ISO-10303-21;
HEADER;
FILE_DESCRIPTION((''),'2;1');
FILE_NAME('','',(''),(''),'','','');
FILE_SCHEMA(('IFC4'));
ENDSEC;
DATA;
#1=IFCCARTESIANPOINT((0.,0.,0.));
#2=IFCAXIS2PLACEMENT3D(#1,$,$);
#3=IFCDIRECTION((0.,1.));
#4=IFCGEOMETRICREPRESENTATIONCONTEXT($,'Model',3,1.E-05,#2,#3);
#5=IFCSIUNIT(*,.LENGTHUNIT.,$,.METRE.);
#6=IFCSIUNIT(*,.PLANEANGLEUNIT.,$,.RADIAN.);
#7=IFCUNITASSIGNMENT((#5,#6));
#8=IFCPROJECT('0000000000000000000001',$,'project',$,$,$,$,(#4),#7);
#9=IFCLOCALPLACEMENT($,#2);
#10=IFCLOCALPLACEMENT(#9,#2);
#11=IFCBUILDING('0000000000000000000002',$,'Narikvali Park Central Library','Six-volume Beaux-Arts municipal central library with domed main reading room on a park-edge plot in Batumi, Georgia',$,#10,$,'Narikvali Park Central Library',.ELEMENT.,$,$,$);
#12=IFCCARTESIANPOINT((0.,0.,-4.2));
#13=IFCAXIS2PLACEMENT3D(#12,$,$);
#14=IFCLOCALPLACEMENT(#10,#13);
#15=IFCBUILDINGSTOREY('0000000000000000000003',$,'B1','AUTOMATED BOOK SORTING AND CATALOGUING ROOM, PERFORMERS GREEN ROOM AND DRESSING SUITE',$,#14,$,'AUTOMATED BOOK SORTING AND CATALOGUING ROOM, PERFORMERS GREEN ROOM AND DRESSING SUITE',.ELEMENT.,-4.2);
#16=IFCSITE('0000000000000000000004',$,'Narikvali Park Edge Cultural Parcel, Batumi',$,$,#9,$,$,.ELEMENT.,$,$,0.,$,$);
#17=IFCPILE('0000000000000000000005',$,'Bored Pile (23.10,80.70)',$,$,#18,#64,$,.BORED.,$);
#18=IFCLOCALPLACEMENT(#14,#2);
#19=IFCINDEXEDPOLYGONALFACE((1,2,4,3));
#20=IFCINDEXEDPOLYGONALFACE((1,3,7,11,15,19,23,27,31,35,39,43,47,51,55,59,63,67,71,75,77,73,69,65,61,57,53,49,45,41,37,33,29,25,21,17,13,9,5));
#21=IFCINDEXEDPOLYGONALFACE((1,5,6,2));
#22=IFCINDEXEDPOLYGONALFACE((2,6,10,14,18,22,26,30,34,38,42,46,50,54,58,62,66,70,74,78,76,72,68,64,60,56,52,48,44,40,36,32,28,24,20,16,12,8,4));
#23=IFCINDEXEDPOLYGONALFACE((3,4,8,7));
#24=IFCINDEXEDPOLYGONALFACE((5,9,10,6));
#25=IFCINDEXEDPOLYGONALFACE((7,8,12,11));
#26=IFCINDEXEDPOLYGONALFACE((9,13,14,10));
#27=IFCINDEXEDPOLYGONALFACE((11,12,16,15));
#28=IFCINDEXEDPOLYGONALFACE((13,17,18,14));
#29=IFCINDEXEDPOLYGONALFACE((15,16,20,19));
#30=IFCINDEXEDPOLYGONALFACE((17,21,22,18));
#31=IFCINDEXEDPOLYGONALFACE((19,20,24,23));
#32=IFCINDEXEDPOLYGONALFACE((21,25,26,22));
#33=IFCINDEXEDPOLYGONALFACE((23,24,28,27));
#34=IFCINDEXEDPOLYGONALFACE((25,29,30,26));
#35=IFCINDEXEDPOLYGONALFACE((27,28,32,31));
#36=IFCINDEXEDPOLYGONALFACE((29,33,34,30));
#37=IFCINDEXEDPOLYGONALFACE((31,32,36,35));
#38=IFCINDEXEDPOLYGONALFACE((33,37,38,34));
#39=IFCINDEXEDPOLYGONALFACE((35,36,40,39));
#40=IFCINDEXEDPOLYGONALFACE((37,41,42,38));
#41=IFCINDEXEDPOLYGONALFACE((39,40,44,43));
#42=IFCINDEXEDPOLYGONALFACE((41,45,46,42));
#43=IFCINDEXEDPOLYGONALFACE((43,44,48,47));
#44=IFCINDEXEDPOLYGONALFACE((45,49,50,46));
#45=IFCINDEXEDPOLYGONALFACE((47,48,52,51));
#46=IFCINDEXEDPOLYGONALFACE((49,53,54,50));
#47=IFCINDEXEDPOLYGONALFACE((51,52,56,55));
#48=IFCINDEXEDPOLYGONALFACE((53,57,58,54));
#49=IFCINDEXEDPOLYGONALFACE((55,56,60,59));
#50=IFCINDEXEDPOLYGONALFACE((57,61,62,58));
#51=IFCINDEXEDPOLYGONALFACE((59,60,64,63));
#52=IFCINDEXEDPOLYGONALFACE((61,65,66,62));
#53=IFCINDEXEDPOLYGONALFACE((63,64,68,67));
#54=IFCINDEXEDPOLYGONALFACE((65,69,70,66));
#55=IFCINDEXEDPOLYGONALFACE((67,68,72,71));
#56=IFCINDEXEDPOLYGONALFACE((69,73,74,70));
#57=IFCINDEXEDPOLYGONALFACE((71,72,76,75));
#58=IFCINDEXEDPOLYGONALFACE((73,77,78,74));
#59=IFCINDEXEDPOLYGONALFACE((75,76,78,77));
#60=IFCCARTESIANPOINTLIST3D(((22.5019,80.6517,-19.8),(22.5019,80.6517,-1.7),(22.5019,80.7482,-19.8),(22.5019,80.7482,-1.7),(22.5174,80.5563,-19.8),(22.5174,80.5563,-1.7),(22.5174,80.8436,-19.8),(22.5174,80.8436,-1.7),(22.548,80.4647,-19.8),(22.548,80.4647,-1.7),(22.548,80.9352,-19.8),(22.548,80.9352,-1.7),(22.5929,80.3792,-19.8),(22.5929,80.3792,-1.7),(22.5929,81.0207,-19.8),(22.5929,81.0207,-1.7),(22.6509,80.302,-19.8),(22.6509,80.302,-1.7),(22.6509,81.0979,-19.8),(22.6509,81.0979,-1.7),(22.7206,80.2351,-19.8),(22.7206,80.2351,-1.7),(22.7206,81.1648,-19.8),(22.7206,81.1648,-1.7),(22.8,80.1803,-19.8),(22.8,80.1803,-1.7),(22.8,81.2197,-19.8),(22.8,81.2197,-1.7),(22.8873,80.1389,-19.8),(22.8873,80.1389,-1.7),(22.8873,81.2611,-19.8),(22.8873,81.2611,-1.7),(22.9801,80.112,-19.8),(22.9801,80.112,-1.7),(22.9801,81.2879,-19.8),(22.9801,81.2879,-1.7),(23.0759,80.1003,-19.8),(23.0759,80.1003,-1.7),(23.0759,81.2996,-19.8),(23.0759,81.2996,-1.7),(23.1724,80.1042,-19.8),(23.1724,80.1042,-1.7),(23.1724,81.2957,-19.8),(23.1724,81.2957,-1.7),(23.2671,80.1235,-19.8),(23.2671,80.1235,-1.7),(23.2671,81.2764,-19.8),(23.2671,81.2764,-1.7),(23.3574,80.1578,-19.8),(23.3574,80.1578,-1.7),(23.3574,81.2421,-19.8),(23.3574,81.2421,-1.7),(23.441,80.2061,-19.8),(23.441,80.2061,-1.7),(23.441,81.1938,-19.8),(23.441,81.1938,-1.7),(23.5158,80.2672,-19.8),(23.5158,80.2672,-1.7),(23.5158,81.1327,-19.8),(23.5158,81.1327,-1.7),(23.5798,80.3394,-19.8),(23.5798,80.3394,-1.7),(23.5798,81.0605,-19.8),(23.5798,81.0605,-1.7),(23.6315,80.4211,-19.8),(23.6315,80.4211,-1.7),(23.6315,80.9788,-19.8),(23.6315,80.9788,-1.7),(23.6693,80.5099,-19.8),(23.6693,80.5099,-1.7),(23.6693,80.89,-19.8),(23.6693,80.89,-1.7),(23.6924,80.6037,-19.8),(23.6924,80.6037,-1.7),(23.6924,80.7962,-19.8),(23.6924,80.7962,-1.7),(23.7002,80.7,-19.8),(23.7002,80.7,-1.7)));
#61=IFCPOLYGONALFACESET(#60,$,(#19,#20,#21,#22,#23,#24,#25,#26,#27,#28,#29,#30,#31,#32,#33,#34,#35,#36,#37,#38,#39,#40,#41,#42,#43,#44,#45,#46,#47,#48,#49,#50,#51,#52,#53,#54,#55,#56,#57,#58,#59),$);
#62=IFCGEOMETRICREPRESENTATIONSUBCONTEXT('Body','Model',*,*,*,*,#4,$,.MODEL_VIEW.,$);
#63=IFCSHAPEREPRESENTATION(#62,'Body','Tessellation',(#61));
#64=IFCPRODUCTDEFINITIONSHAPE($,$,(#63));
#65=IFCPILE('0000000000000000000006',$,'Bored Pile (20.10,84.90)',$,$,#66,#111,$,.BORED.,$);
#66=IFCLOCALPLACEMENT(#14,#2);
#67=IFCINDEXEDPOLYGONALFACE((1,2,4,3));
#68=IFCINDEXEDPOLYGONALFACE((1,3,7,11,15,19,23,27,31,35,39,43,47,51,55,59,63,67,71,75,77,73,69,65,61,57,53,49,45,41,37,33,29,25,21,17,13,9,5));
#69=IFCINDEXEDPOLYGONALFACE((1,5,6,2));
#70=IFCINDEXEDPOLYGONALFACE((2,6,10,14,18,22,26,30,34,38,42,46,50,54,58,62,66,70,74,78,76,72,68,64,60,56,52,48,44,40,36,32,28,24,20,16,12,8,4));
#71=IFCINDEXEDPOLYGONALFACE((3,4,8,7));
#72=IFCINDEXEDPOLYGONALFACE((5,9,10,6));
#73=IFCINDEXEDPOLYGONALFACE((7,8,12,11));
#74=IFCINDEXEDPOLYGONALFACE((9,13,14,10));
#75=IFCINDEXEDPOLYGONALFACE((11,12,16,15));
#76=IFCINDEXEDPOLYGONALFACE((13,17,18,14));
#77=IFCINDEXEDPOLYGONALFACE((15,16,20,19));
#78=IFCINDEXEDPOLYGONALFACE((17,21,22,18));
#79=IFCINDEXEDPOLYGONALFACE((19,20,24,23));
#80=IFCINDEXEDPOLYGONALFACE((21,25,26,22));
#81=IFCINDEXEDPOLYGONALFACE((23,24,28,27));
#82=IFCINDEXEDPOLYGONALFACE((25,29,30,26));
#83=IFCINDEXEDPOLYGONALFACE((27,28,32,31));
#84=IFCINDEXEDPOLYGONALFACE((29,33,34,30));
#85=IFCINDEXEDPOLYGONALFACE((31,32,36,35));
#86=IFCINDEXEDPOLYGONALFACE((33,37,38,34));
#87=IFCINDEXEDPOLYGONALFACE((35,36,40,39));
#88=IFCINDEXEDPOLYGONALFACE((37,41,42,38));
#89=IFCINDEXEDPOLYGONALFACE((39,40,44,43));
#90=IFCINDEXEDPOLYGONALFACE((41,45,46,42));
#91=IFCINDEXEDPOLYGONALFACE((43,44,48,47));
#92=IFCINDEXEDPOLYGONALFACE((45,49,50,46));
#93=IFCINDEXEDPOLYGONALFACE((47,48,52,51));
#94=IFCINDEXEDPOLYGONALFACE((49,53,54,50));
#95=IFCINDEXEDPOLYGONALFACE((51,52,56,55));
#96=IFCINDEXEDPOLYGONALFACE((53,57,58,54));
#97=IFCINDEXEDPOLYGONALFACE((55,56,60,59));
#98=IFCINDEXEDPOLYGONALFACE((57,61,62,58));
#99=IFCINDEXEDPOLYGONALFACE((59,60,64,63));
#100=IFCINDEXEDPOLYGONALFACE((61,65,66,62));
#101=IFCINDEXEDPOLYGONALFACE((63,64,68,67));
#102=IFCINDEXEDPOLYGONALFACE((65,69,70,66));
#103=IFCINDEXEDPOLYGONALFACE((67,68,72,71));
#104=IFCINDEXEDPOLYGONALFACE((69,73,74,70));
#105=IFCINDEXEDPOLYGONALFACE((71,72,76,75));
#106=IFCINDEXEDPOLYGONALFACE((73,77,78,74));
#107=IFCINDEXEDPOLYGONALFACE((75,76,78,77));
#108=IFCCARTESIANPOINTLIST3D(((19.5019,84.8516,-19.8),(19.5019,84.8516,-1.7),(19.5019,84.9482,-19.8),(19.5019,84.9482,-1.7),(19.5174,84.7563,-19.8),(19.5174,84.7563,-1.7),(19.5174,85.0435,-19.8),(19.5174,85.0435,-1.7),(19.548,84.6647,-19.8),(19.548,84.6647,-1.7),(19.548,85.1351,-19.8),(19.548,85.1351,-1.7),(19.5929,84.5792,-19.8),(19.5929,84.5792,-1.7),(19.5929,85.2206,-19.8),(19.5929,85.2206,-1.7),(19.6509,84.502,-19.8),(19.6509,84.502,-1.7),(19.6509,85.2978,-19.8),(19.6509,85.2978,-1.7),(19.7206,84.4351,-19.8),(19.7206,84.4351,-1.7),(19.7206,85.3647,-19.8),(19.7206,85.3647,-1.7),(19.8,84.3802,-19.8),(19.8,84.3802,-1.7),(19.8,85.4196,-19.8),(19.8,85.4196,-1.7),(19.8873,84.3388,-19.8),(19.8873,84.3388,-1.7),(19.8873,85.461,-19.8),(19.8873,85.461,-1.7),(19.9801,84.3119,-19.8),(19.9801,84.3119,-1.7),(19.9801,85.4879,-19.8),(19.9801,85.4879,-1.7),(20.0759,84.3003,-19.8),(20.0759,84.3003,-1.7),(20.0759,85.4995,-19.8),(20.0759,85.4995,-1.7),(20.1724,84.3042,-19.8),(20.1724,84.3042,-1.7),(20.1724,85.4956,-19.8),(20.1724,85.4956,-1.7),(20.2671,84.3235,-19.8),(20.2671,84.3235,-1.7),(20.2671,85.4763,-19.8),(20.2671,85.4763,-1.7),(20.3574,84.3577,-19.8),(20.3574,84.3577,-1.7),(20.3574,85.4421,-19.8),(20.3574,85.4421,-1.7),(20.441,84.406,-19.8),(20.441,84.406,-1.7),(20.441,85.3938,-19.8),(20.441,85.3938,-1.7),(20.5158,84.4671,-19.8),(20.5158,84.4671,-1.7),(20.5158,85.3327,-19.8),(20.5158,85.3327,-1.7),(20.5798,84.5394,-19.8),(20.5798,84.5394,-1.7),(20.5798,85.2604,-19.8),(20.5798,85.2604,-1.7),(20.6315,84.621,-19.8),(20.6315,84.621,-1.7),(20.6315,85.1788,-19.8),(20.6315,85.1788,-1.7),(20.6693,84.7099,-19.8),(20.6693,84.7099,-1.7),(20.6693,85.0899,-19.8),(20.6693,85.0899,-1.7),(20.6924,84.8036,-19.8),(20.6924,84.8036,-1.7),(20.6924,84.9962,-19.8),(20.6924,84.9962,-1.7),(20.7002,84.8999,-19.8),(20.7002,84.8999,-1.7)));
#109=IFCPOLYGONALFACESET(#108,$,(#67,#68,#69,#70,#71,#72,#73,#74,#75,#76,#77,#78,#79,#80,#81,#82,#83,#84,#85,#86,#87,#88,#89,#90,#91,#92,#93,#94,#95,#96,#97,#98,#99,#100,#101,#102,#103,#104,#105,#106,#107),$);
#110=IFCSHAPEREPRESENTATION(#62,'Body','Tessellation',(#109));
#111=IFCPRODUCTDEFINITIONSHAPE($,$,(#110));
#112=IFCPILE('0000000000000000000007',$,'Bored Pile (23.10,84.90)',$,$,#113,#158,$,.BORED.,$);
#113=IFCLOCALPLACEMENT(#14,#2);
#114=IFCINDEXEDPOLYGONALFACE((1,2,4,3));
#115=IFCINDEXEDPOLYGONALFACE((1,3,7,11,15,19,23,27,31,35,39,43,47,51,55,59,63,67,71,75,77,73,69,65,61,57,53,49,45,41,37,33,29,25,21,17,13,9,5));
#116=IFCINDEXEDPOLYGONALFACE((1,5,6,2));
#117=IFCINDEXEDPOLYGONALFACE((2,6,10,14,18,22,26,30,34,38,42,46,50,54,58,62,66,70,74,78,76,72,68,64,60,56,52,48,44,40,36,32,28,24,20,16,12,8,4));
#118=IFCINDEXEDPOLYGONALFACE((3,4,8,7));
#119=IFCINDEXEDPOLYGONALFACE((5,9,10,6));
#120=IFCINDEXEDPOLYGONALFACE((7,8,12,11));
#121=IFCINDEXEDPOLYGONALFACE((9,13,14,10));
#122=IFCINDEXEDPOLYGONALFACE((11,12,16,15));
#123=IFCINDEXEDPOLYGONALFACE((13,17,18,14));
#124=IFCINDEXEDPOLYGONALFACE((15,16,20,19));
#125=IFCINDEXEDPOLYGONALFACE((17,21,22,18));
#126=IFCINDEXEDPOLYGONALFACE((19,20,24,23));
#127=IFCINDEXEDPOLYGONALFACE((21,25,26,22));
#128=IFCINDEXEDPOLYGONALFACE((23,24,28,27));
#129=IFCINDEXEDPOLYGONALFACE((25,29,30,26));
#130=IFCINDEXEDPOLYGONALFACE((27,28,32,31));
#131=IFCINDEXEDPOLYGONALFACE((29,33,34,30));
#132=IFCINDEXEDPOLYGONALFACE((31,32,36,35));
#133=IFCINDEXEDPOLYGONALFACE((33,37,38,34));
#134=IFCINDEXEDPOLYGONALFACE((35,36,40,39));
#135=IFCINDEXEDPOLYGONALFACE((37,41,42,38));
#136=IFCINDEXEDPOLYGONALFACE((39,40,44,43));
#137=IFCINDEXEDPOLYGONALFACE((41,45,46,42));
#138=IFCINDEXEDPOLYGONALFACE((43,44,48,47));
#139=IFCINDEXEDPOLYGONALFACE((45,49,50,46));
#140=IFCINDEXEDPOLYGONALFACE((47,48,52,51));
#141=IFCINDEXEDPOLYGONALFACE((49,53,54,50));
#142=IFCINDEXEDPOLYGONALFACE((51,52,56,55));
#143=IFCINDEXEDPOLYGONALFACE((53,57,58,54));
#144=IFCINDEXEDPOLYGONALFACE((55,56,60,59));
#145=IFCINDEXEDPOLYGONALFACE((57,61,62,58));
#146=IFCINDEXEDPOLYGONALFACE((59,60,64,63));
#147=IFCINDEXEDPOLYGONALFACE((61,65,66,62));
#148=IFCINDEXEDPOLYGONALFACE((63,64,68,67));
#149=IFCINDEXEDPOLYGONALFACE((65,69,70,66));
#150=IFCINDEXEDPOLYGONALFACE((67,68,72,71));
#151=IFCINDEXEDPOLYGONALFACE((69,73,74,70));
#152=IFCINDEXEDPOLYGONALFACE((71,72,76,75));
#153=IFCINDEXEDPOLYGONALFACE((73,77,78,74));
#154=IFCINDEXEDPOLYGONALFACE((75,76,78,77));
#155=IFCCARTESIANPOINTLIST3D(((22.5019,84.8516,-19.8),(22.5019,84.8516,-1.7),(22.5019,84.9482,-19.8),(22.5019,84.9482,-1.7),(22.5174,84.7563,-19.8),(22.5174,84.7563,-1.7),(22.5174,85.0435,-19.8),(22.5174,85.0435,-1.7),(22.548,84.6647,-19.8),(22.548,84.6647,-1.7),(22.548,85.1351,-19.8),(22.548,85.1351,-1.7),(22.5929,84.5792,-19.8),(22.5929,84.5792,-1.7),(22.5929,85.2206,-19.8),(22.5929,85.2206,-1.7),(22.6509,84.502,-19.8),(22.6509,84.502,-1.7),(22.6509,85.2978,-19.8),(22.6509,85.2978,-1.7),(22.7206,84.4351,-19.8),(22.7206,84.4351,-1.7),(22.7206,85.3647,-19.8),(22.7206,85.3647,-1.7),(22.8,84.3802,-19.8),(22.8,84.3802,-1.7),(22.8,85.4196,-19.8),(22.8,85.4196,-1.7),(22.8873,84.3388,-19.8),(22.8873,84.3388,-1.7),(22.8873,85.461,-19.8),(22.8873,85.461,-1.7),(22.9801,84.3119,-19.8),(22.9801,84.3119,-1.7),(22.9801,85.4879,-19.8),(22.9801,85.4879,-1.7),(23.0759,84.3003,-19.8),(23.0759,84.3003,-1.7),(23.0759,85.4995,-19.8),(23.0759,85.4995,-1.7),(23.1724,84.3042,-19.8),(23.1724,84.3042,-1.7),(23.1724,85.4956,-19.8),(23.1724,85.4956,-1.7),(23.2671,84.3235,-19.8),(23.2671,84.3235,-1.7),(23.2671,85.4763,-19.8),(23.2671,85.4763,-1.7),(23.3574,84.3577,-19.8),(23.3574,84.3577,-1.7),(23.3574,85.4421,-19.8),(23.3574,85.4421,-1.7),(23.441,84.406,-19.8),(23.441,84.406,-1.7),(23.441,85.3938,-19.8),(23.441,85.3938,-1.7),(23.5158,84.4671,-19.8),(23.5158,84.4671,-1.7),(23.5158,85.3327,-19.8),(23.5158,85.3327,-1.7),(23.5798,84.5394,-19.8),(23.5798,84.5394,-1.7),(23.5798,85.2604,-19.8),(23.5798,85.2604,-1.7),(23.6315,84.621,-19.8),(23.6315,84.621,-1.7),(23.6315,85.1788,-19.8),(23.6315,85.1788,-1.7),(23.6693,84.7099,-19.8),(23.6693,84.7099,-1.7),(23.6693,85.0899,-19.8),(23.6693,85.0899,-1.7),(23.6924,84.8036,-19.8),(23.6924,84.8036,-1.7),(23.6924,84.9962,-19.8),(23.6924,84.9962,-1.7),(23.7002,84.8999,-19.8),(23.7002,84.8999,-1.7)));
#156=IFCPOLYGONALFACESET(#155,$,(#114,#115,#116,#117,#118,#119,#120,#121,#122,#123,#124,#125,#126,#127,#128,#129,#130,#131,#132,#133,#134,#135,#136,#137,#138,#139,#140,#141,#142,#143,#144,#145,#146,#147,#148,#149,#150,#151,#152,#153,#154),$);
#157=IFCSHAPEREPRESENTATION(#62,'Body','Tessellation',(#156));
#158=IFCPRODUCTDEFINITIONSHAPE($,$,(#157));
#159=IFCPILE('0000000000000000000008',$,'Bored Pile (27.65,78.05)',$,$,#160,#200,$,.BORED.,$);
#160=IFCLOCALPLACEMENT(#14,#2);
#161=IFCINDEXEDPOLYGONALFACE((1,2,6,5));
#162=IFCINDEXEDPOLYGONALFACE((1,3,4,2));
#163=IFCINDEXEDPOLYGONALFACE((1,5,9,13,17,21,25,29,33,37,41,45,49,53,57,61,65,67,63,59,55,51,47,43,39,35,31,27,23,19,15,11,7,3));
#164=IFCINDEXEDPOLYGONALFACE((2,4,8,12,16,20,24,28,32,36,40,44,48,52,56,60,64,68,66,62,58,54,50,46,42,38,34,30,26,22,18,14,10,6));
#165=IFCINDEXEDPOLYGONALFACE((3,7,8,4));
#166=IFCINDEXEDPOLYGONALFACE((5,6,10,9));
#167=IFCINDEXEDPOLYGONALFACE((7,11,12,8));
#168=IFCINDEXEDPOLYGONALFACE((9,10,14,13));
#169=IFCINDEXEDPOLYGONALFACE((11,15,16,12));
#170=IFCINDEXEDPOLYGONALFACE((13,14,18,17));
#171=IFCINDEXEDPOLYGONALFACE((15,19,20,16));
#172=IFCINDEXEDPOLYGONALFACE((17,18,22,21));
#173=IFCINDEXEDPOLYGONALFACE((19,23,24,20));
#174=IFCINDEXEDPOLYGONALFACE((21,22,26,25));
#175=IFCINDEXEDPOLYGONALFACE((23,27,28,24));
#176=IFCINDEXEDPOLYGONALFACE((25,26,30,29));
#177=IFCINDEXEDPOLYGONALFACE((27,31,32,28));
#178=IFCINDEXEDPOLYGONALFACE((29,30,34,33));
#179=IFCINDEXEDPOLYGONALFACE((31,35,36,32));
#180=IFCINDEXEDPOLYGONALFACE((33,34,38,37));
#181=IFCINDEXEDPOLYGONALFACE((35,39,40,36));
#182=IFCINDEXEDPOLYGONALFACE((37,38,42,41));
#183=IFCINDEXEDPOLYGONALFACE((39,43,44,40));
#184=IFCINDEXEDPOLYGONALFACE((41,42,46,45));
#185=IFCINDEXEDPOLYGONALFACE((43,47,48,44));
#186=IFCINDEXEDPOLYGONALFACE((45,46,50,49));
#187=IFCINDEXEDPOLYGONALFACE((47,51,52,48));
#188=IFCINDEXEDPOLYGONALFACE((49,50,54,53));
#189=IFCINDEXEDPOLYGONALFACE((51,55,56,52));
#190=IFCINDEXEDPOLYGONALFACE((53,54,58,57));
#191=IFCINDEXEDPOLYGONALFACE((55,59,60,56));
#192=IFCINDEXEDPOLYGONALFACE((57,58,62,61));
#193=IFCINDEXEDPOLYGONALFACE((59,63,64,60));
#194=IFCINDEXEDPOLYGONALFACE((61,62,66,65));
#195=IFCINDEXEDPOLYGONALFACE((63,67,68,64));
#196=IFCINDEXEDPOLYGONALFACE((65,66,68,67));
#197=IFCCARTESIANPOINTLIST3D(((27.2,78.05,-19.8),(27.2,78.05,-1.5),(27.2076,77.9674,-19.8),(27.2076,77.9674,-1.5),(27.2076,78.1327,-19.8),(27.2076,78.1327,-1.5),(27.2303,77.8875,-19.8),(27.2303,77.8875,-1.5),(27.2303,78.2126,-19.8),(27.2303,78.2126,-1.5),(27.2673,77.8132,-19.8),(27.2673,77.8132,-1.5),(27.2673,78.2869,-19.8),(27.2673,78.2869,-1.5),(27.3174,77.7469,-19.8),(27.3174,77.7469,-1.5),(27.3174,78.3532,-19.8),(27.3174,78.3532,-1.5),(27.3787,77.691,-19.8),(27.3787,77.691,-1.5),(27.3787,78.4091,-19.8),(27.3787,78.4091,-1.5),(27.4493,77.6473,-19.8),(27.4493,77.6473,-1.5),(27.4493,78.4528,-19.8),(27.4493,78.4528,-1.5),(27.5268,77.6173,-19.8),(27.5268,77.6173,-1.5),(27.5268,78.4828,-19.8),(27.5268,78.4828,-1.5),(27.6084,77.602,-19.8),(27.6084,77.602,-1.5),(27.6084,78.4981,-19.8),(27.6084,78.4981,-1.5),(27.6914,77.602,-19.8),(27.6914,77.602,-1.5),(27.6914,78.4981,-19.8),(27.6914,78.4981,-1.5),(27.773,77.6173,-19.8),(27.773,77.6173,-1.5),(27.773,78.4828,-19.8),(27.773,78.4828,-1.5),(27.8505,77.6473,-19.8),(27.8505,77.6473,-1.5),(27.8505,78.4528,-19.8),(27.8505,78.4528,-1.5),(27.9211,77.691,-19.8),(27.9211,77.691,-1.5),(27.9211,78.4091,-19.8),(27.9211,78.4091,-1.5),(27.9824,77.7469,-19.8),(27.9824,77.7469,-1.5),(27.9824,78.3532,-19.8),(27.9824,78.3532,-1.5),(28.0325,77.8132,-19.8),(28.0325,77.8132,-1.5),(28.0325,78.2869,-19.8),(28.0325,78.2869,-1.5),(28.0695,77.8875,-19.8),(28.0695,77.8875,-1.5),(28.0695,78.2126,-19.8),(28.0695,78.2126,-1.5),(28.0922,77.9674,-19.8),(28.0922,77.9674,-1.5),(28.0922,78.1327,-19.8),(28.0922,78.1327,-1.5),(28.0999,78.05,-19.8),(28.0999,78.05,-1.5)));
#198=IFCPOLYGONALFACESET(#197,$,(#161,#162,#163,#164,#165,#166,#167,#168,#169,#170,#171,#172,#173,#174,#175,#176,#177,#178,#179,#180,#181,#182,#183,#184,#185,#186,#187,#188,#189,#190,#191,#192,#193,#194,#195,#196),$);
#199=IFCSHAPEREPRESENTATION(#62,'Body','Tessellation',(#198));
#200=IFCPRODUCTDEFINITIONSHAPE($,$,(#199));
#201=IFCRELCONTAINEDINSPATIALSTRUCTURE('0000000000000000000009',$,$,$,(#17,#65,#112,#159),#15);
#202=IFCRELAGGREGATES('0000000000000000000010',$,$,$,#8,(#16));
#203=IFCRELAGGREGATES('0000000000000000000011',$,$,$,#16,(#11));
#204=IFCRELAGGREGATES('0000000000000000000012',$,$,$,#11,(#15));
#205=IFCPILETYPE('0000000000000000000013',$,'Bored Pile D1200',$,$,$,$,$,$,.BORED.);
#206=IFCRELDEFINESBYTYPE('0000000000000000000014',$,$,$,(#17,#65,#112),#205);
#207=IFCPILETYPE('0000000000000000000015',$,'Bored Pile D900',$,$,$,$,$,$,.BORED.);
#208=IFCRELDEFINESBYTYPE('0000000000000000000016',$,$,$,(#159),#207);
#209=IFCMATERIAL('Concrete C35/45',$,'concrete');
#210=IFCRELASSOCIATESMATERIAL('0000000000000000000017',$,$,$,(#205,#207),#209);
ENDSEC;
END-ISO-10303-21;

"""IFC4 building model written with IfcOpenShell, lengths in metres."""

from ifc_helpers import new_model, si_unit, direction, frame, origin, origin_2d, place, context, subcontext, project, spatial, circle, extrude, material, material_profile, profile_set, type_object, element, save


model = new_model("IFC4")

# Units and contexts
model_context = context("Model", 3, precision=1e-05, world=origin(), true_north=direction((0.0, 1.0)))
body_context = subcontext(model_context, "Body", "Model", "MODEL_VIEW")
ifc_project = project(units=[si_unit("LENGTHUNIT", "METRE"), si_unit("PLANEANGLEUNIT", "RADIAN")], contexts=[model_context])

# Site, building, storey
site_placement = place(None, origin())
site = spatial("IfcSite", under=ifc_project, at=site_placement, Name="Narikvali Park Edge Cultural Parcel, Batumi", CompositionType="ELEMENT", RefElevation=0.0)
building_placement = place(site_placement, origin())
building = spatial("IfcBuilding", under=site, at=building_placement, Name="Narikvali Park Central Library", Description="Six-volume Beaux-Arts municipal central library with domed main reading room on a park-edge plot in Batumi, Georgia", LongName="Narikvali Park Central Library", CompositionType="ELEMENT")
storey_placement = place(building_placement, frame((0.0, 0.0, -4.2)))
storey = spatial("IfcBuildingStorey", under=building, at=storey_placement, Name="B1", Description="AUTOMATED BOOK SORTING AND CATALOGUING ROOM, PERFORMERS GREEN ROOM AND DRESSING SUITE", LongName="AUTOMATED BOOK SORTING AND CATALOGUING ROOM, PERFORMERS GREEN ROOM AND DRESSING SUITE", CompositionType="ELEMENT", Elevation=-4.2)

# Piles
ifc_material_1 = material(Name="Concrete C35/45", Category="concrete")
ifc_material_profile_1 = material_profile(ifc_material_1, circle(Radius=0.6001, at=origin_2d()), Name="PILE D1200")
ifc_profile_set_1 = profile_set([ifc_material_profile_1], Name="Concrete C35/45")
pile_type_1 = type_object("IfcPileType", Name="Bored Pile D1200", PredefinedType="BORED", material=ifc_profile_set_1)
for number, where, z_axis, x_axis, name in (
    (1, (23.1001, 80.7, -1.7), (0.0, 0.0, -1.0), (1.0, 0.0, 0.0), "Bored Pile (23.10,80.70)"),
    (2, (20.1001, 84.8999, -1.7), (0.0, 0.0, -1.0), (1.0, 0.0, 0.0), "Bored Pile (20.10,84.90)"),
    (3, (23.1001, 84.8999, -1.7), (0.0, 0.0, -1.0), (1.0, 0.0, 0.0), "Bored Pile (23.10,84.90)"),
):
    element("IfcPile", number, at=place(storey_placement, frame(where, z_axis=z_axis, x_axis=x_axis)), inside=storey, type_object=pile_type_1, Name=name, PredefinedType="BORED", context=body_context, shape_type="SweptSolid", body=[
        extrude(circle(Radius=0.6001, at=origin_2d()), origin(), (0.0, 0.0, 1.0), 18.1001),
    ])
ifc_material_profile_2 = material_profile(ifc_material_1, circle(Radius=0.45, at=origin_2d()), Name="PILE D900")
ifc_profile_set_2 = profile_set([ifc_material_profile_2], Name="Concrete C35/45")
pile_type_2 = type_object("IfcPileType", Name="Bored Pile D900", PredefinedType="BORED", material=ifc_profile_set_2)
for number, where, z_axis, x_axis, name in (
    (4, (27.6499, 78.05, -1.5), (0.0, 0.0, -1.0), (1.0, 0.0, 0.0), "Bored Pile (27.65,78.05)"),
):
    element("IfcPile", number, at=place(storey_placement, frame(where, z_axis=z_axis, x_axis=x_axis)), inside=storey, type_object=pile_type_2, Name=name, PredefinedType="BORED", context=body_context, shape_type="SweptSolid", body=[
        extrude(circle(Radius=0.45, at=origin_2d()), origin(), (0.0, 0.0, 1.0), 18.3),
    ])

save(model, "model.ifc")
